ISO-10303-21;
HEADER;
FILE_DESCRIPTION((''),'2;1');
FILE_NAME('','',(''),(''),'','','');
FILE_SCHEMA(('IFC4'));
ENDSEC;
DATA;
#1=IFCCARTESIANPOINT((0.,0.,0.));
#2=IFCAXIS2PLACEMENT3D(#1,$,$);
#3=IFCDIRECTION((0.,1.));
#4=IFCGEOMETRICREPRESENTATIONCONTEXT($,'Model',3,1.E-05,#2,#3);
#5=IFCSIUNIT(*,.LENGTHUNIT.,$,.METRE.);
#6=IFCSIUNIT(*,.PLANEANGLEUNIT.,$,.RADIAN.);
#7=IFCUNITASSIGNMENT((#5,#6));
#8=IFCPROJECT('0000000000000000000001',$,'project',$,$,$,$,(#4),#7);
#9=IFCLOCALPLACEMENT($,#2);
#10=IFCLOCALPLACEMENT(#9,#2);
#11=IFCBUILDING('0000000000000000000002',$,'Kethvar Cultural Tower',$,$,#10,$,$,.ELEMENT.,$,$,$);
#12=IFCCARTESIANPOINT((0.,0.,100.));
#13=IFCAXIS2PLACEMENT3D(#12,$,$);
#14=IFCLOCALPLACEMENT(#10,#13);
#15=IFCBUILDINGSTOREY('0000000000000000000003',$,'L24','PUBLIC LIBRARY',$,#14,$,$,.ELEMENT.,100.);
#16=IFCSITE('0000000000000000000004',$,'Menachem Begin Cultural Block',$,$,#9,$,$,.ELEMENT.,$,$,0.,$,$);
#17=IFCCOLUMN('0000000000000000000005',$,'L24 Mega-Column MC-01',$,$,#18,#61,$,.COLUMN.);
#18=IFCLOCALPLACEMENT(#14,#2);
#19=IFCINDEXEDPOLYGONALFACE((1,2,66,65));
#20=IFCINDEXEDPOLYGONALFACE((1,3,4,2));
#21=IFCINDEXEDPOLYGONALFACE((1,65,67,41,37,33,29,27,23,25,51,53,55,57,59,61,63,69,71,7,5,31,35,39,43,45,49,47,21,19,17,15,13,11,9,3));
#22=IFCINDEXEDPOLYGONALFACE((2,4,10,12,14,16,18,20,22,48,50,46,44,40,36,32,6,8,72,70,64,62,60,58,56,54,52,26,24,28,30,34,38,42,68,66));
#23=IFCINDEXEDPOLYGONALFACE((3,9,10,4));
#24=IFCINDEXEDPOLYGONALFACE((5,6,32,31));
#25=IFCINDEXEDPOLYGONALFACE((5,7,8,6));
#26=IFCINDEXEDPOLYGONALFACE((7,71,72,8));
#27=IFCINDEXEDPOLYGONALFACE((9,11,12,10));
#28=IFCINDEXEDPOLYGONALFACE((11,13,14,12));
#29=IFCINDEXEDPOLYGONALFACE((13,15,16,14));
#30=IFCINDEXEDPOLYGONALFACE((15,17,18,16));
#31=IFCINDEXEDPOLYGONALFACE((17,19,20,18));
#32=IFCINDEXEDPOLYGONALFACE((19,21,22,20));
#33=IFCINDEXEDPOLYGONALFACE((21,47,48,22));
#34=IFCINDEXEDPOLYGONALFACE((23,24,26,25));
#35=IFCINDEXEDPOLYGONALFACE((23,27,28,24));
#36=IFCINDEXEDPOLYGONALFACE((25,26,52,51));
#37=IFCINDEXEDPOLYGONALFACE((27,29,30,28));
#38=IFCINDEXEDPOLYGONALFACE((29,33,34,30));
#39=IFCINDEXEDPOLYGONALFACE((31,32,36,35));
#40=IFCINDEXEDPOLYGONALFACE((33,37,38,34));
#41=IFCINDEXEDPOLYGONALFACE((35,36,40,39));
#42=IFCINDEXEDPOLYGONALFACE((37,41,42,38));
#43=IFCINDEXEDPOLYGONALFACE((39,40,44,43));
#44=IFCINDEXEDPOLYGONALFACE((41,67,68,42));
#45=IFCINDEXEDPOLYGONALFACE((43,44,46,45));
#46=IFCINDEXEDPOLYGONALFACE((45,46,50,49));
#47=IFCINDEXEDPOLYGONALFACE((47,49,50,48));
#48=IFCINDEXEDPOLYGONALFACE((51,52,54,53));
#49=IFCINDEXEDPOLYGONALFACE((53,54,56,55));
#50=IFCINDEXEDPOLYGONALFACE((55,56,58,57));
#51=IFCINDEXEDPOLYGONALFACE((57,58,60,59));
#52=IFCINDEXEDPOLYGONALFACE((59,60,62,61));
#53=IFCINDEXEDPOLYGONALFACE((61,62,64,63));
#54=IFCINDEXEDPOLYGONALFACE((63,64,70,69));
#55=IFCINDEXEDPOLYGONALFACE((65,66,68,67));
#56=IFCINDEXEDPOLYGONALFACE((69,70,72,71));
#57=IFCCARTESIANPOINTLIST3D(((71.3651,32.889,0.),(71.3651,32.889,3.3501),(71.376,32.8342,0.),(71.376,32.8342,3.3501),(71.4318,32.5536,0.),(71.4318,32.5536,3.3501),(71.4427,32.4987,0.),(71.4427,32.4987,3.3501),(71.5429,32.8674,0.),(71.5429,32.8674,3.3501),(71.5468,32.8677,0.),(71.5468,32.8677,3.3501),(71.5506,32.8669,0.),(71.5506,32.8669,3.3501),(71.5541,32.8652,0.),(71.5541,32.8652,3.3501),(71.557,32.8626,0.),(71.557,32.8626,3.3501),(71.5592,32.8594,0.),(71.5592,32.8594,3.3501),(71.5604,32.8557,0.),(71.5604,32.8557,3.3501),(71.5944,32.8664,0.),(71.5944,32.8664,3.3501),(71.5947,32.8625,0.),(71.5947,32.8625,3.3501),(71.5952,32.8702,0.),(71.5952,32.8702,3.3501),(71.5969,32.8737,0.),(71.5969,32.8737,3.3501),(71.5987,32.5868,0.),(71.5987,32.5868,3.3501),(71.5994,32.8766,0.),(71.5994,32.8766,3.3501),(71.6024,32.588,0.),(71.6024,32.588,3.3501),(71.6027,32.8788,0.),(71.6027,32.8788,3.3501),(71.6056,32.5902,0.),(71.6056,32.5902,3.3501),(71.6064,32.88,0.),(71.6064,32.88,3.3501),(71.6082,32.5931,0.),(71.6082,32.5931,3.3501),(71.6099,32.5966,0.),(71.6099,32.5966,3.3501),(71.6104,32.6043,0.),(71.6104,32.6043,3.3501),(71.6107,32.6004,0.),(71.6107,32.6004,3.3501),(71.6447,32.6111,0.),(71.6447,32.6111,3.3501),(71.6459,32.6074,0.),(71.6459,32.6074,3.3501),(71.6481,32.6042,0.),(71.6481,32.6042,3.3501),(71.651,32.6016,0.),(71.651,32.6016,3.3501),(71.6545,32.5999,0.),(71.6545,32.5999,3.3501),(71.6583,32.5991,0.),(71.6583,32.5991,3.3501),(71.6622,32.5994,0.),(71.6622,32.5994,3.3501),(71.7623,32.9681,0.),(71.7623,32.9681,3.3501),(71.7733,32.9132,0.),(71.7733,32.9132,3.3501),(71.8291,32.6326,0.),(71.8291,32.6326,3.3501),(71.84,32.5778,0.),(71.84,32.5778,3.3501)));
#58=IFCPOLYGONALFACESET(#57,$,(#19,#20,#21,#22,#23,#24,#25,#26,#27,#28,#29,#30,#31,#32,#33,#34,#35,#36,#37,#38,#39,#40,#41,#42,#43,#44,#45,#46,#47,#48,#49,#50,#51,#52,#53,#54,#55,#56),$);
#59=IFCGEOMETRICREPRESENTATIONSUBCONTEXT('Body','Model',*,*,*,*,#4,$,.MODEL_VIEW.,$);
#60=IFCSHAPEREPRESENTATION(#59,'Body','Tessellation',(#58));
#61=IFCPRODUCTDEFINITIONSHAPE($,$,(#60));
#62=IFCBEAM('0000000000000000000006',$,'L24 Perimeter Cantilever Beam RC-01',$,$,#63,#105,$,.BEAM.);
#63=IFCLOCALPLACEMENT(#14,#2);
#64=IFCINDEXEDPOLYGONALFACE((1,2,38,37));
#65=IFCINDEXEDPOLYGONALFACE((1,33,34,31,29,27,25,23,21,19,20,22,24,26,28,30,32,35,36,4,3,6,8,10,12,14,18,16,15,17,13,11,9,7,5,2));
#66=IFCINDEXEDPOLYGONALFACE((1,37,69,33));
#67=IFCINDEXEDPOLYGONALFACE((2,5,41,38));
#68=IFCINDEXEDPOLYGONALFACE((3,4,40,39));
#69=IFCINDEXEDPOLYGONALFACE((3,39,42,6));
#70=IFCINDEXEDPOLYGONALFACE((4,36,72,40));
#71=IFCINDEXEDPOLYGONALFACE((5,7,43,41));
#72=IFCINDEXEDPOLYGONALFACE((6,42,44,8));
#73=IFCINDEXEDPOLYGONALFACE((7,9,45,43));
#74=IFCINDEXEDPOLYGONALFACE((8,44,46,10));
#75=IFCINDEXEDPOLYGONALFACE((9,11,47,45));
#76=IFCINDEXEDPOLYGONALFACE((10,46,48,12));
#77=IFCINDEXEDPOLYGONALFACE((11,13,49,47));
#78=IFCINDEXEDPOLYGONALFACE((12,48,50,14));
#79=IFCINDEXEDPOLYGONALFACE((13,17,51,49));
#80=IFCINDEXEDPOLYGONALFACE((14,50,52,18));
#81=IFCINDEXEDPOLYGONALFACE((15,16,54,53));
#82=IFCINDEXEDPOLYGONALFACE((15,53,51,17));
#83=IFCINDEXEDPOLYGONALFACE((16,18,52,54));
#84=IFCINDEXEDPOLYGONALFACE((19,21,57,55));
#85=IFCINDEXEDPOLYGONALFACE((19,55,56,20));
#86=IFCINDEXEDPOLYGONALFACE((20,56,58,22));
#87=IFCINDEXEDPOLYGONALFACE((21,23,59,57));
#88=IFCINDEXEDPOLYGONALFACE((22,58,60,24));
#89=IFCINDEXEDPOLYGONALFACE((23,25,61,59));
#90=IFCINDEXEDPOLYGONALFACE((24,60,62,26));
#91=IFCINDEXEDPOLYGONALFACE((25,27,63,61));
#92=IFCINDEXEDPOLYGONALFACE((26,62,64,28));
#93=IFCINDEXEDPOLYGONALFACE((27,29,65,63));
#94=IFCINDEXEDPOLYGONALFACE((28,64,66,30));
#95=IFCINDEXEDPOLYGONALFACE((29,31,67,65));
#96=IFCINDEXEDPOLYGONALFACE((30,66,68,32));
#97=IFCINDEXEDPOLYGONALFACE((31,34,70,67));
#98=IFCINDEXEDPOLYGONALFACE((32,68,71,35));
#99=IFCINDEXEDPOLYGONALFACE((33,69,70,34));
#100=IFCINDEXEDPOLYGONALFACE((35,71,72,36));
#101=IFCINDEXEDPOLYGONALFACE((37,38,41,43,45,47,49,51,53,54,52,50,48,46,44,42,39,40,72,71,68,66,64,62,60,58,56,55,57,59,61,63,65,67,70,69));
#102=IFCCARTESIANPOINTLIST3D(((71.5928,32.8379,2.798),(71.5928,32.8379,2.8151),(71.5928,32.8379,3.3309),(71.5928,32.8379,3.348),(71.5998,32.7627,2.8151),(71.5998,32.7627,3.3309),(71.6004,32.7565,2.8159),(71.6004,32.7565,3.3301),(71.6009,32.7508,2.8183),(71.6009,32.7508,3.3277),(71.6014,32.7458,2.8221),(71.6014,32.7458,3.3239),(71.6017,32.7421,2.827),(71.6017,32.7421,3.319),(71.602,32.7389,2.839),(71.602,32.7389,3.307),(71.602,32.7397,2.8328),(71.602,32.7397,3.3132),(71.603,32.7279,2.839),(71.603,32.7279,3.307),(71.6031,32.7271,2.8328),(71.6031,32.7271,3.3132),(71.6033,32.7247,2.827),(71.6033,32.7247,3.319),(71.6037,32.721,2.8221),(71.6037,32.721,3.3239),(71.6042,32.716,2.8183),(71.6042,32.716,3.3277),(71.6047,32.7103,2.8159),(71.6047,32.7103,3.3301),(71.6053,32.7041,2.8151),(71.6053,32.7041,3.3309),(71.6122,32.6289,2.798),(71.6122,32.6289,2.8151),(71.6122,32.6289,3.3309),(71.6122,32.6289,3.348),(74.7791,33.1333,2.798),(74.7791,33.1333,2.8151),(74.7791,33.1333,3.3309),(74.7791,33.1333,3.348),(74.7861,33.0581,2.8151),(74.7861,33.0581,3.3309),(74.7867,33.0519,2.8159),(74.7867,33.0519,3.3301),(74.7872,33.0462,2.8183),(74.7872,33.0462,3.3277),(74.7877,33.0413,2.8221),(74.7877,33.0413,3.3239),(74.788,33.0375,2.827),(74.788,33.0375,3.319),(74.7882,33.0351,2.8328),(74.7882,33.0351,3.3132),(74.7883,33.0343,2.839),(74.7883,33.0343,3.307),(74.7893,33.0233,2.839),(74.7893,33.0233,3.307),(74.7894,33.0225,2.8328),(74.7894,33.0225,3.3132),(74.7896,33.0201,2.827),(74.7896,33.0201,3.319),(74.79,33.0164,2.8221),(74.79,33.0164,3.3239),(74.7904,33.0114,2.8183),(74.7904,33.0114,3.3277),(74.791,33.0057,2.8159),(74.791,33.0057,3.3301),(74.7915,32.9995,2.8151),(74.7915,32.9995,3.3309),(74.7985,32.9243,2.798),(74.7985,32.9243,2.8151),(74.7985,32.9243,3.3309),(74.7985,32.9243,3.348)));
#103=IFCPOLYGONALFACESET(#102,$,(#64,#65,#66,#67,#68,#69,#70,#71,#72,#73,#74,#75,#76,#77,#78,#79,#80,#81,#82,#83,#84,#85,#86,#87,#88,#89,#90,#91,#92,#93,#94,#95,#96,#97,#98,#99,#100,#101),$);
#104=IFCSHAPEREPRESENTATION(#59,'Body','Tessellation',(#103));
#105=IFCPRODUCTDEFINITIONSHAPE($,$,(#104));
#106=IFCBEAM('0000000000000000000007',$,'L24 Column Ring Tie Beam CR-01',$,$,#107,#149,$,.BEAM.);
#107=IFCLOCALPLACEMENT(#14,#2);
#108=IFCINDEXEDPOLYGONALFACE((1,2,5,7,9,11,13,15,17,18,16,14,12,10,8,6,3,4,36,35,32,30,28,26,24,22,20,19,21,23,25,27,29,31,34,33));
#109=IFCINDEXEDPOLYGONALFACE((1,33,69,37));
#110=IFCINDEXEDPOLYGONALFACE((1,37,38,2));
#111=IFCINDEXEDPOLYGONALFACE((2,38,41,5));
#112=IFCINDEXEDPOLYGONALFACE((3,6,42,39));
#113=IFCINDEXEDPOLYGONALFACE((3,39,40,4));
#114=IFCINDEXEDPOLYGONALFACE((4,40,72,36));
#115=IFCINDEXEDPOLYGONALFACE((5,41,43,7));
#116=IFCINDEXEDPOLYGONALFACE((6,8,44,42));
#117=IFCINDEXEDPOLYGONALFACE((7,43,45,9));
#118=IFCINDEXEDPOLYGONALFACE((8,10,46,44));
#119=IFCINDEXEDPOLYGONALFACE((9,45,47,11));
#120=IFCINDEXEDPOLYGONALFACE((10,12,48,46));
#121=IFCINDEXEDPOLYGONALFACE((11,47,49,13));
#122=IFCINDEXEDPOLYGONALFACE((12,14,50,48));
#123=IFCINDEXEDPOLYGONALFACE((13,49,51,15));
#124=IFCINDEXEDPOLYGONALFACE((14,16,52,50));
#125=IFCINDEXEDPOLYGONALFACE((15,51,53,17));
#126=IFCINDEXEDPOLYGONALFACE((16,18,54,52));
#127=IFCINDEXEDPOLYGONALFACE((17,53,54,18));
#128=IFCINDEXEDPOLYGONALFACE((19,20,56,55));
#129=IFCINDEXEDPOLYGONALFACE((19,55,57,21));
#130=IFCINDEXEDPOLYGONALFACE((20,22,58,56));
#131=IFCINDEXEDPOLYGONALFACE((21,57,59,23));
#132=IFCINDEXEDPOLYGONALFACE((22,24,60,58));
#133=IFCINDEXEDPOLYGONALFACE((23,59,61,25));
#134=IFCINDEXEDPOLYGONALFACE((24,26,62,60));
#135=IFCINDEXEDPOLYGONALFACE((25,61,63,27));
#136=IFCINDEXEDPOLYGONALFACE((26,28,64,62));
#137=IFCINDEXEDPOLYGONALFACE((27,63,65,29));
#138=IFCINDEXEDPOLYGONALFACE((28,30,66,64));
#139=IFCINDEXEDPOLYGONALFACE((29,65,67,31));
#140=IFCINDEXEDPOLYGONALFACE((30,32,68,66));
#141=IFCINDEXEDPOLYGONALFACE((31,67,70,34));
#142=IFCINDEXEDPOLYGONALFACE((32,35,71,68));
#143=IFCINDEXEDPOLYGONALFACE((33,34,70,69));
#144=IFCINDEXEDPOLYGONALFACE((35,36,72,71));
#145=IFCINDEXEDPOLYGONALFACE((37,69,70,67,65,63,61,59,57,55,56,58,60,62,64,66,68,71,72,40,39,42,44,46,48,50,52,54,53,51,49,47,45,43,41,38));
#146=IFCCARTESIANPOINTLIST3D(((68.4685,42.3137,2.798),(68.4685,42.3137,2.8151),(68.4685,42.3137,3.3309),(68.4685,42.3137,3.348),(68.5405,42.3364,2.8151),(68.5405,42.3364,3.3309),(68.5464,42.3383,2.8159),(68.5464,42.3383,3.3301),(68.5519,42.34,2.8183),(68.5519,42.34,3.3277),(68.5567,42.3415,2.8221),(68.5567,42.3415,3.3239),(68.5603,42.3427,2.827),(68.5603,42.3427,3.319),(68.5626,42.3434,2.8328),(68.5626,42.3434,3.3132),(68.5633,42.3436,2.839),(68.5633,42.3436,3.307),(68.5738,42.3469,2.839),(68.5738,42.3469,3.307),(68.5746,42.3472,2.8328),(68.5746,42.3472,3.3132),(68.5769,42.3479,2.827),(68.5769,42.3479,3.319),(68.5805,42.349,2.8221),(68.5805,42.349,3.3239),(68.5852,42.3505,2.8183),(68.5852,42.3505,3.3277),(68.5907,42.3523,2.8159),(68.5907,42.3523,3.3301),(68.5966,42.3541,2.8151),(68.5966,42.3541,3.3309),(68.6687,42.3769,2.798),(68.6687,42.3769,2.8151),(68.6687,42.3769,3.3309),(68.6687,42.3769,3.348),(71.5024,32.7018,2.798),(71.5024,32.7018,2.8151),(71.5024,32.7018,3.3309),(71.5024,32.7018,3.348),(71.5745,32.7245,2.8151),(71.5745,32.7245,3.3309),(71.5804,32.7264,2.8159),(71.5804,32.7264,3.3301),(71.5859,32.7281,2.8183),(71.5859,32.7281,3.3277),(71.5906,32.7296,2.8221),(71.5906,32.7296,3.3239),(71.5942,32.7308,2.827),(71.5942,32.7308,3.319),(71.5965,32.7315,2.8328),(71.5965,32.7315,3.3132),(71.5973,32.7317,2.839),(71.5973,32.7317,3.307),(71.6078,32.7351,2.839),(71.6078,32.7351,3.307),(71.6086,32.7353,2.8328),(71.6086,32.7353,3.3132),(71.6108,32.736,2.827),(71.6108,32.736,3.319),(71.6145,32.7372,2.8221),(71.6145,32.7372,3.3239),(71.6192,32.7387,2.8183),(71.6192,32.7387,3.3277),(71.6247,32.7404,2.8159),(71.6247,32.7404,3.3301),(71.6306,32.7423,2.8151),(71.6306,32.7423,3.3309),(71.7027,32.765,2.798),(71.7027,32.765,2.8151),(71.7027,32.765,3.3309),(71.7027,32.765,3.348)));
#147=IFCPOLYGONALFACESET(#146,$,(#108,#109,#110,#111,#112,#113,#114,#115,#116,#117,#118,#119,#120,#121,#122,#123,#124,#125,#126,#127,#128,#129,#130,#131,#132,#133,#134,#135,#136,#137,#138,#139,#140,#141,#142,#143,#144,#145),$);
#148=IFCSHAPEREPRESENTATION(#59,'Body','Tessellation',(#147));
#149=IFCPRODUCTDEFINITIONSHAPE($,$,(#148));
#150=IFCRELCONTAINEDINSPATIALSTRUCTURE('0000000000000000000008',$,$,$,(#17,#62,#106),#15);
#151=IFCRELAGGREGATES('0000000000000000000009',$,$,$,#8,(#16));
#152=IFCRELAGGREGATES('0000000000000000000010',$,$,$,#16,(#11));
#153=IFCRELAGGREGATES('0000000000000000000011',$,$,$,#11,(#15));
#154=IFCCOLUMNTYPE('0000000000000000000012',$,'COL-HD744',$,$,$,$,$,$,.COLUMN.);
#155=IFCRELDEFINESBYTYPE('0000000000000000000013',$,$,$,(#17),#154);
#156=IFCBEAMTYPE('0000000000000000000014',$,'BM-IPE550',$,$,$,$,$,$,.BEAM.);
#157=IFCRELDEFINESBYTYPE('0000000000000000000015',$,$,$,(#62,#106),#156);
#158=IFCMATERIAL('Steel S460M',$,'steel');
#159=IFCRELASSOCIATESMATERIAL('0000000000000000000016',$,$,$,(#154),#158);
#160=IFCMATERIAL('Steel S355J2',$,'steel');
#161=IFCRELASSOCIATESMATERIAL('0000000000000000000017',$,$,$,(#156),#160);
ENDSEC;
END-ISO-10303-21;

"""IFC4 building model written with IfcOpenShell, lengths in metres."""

from ifc_helpers import new_model, si_unit, direction, frame, origin, origin_2d, place, context, subcontext, project, spatial, i_section, extrude, source, transform, mapped, material, material_profile, profile_set, type_object, element, save


model = new_model("IFC4")

# Units and contexts
model_context = context("Model", 3, precision=1e-05, world=origin(), true_north=direction((0.0, 1.0)))
body_context = subcontext(model_context, "Body", "Model", "MODEL_VIEW")
ifc_project = project(units=[si_unit("LENGTHUNIT", "METRE"), si_unit("PLANEANGLEUNIT", "RADIAN")], contexts=[model_context])

# Site, building, storey
site_placement = place(None, origin())
site = spatial("IfcSite", under=ifc_project, at=site_placement, Name="Menachem Begin Cultural Block", CompositionType="ELEMENT", RefElevation=0.0)
building_placement = place(site_placement, origin())
building = spatial("IfcBuilding", under=site, at=building_placement, Name="Kethvar Cultural Tower", CompositionType="ELEMENT")
storey_placement = place(building_placement, frame((0.0, 0.0, 100.0)))
storey = spatial("IfcBuildingStorey", under=building, at=storey_placement, Name="L24", Description="PUBLIC LIBRARY", CompositionType="ELEMENT", Elevation=100.0)

# Column
ifc_material_1 = material(Name="Steel S460M", Category="steel")
ifc_material_profile_1 = material_profile(ifc_material_1, i_section(OverallWidth=0.405, OverallDepth=0.3979, WebThickness=0.0349, FlangeThickness=0.0559, FilletRadius=0.0149, at=origin_2d()), Name="Steel S460M — HD400x744")
ifc_profile_set_1 = profile_set([ifc_material_profile_1], Name="Steel S460M — HD400x744")
column_type = type_object("IfcColumnType", Name="COL-HD744", PredefinedType="COLUMN", material=ifc_profile_set_1)
shared_shape_1 = source(origin(), body_context, "Body", "SweptSolid", [
    extrude(i_section(OverallWidth=0.405, OverallDepth=0.3979, WebThickness=0.0349, FlangeThickness=0.0559, FilletRadius=0.0149, at=origin_2d()), origin(), (0.0, 0.0, 1.0), 3.3501),
])
column_placement = place(storey_placement, frame((71.6025, 32.7334, 0.0), z_axis=(0.0, 0.0, 1.0), x_axis=(0.980785, 0.19509, 0.0)))
element("IfcColumn", 1, at=column_placement, inside=storey, type_object=column_type, Name="L24 Mega-Column MC-01", PredefinedType="COLUMN", context=body_context, shape_type="MappedRepresentation", body=[
    mapped(shared_shape_1, transform((0.0, 0.0, 0.0), scale=1.0)),
])

# Beams
ifc_material_2 = material(Name="Steel S355J2", Category="steel")
ifc_material_profile_2 = material_profile(ifc_material_2, i_section(OverallWidth=0.21, OverallDepth=0.55, WebThickness=0.011, FlangeThickness=0.0171, FilletRadius=0.0239, at=origin_2d()), Name="Steel S355J2 — IPE550")
ifc_profile_set_2 = profile_set([ifc_material_profile_2], Name="Steel S355J2 — IPE550")
beam_type_1 = type_object("IfcBeamType", Name="BM-IPE550", PredefinedType="BEAM", material=ifc_profile_set_2)
shared_shape_2 = source(origin(), body_context, "Body", "SweptSolid", [
    extrude(i_section(OverallWidth=0.21, OverallDepth=0.55, WebThickness=0.011, FlangeThickness=0.0171, FilletRadius=0.0239, at=origin_2d()), origin(), (0.0, 0.0, 1.0), 3.2),
])
beam_1_placement = place(storey_placement, frame((71.6025, 32.7334, 3.073), z_axis=(0.99573, 0.092317, 0.0), x_axis=(-0.092317, 0.99573, 0.0)))
element("IfcBeam", 2, at=beam_1_placement, inside=storey, type_object=beam_type_1, Name="L24 Perimeter Cantilever Beam RC-01", PredefinedType="BEAM", context=body_context, shape_type="MappedRepresentation", body=[
    mapped(shared_shape_2, transform((0.0, 0.0, 0.0), scale=1.0)),
])
shared_shape_3 = source(origin(), body_context, "Body", "SweptSolid", [
    extrude(i_section(OverallWidth=0.21, OverallDepth=0.55, WebThickness=0.011, FlangeThickness=0.0171, FilletRadius=0.0239, at=origin_2d()), origin(), (0.0, 0.0, 1.0), 10.0793),
])
beam_2_placement = place(storey_placement, frame((71.6025, 32.7334, 3.073), z_axis=(-0.301007, 0.953622, 0.0), x_axis=(-0.953622, -0.301007, 0.0)))
element("IfcBeam", 3, at=beam_2_placement, inside=storey, type_object=beam_type_1, Name="L24 Column Ring Tie Beam CR-01", PredefinedType="BEAM", context=body_context, shape_type="MappedRepresentation", body=[
    mapped(shared_shape_3, transform((0.0, 0.0, 0.0), scale=1.0)),
])

save(model, "model.ifc")
